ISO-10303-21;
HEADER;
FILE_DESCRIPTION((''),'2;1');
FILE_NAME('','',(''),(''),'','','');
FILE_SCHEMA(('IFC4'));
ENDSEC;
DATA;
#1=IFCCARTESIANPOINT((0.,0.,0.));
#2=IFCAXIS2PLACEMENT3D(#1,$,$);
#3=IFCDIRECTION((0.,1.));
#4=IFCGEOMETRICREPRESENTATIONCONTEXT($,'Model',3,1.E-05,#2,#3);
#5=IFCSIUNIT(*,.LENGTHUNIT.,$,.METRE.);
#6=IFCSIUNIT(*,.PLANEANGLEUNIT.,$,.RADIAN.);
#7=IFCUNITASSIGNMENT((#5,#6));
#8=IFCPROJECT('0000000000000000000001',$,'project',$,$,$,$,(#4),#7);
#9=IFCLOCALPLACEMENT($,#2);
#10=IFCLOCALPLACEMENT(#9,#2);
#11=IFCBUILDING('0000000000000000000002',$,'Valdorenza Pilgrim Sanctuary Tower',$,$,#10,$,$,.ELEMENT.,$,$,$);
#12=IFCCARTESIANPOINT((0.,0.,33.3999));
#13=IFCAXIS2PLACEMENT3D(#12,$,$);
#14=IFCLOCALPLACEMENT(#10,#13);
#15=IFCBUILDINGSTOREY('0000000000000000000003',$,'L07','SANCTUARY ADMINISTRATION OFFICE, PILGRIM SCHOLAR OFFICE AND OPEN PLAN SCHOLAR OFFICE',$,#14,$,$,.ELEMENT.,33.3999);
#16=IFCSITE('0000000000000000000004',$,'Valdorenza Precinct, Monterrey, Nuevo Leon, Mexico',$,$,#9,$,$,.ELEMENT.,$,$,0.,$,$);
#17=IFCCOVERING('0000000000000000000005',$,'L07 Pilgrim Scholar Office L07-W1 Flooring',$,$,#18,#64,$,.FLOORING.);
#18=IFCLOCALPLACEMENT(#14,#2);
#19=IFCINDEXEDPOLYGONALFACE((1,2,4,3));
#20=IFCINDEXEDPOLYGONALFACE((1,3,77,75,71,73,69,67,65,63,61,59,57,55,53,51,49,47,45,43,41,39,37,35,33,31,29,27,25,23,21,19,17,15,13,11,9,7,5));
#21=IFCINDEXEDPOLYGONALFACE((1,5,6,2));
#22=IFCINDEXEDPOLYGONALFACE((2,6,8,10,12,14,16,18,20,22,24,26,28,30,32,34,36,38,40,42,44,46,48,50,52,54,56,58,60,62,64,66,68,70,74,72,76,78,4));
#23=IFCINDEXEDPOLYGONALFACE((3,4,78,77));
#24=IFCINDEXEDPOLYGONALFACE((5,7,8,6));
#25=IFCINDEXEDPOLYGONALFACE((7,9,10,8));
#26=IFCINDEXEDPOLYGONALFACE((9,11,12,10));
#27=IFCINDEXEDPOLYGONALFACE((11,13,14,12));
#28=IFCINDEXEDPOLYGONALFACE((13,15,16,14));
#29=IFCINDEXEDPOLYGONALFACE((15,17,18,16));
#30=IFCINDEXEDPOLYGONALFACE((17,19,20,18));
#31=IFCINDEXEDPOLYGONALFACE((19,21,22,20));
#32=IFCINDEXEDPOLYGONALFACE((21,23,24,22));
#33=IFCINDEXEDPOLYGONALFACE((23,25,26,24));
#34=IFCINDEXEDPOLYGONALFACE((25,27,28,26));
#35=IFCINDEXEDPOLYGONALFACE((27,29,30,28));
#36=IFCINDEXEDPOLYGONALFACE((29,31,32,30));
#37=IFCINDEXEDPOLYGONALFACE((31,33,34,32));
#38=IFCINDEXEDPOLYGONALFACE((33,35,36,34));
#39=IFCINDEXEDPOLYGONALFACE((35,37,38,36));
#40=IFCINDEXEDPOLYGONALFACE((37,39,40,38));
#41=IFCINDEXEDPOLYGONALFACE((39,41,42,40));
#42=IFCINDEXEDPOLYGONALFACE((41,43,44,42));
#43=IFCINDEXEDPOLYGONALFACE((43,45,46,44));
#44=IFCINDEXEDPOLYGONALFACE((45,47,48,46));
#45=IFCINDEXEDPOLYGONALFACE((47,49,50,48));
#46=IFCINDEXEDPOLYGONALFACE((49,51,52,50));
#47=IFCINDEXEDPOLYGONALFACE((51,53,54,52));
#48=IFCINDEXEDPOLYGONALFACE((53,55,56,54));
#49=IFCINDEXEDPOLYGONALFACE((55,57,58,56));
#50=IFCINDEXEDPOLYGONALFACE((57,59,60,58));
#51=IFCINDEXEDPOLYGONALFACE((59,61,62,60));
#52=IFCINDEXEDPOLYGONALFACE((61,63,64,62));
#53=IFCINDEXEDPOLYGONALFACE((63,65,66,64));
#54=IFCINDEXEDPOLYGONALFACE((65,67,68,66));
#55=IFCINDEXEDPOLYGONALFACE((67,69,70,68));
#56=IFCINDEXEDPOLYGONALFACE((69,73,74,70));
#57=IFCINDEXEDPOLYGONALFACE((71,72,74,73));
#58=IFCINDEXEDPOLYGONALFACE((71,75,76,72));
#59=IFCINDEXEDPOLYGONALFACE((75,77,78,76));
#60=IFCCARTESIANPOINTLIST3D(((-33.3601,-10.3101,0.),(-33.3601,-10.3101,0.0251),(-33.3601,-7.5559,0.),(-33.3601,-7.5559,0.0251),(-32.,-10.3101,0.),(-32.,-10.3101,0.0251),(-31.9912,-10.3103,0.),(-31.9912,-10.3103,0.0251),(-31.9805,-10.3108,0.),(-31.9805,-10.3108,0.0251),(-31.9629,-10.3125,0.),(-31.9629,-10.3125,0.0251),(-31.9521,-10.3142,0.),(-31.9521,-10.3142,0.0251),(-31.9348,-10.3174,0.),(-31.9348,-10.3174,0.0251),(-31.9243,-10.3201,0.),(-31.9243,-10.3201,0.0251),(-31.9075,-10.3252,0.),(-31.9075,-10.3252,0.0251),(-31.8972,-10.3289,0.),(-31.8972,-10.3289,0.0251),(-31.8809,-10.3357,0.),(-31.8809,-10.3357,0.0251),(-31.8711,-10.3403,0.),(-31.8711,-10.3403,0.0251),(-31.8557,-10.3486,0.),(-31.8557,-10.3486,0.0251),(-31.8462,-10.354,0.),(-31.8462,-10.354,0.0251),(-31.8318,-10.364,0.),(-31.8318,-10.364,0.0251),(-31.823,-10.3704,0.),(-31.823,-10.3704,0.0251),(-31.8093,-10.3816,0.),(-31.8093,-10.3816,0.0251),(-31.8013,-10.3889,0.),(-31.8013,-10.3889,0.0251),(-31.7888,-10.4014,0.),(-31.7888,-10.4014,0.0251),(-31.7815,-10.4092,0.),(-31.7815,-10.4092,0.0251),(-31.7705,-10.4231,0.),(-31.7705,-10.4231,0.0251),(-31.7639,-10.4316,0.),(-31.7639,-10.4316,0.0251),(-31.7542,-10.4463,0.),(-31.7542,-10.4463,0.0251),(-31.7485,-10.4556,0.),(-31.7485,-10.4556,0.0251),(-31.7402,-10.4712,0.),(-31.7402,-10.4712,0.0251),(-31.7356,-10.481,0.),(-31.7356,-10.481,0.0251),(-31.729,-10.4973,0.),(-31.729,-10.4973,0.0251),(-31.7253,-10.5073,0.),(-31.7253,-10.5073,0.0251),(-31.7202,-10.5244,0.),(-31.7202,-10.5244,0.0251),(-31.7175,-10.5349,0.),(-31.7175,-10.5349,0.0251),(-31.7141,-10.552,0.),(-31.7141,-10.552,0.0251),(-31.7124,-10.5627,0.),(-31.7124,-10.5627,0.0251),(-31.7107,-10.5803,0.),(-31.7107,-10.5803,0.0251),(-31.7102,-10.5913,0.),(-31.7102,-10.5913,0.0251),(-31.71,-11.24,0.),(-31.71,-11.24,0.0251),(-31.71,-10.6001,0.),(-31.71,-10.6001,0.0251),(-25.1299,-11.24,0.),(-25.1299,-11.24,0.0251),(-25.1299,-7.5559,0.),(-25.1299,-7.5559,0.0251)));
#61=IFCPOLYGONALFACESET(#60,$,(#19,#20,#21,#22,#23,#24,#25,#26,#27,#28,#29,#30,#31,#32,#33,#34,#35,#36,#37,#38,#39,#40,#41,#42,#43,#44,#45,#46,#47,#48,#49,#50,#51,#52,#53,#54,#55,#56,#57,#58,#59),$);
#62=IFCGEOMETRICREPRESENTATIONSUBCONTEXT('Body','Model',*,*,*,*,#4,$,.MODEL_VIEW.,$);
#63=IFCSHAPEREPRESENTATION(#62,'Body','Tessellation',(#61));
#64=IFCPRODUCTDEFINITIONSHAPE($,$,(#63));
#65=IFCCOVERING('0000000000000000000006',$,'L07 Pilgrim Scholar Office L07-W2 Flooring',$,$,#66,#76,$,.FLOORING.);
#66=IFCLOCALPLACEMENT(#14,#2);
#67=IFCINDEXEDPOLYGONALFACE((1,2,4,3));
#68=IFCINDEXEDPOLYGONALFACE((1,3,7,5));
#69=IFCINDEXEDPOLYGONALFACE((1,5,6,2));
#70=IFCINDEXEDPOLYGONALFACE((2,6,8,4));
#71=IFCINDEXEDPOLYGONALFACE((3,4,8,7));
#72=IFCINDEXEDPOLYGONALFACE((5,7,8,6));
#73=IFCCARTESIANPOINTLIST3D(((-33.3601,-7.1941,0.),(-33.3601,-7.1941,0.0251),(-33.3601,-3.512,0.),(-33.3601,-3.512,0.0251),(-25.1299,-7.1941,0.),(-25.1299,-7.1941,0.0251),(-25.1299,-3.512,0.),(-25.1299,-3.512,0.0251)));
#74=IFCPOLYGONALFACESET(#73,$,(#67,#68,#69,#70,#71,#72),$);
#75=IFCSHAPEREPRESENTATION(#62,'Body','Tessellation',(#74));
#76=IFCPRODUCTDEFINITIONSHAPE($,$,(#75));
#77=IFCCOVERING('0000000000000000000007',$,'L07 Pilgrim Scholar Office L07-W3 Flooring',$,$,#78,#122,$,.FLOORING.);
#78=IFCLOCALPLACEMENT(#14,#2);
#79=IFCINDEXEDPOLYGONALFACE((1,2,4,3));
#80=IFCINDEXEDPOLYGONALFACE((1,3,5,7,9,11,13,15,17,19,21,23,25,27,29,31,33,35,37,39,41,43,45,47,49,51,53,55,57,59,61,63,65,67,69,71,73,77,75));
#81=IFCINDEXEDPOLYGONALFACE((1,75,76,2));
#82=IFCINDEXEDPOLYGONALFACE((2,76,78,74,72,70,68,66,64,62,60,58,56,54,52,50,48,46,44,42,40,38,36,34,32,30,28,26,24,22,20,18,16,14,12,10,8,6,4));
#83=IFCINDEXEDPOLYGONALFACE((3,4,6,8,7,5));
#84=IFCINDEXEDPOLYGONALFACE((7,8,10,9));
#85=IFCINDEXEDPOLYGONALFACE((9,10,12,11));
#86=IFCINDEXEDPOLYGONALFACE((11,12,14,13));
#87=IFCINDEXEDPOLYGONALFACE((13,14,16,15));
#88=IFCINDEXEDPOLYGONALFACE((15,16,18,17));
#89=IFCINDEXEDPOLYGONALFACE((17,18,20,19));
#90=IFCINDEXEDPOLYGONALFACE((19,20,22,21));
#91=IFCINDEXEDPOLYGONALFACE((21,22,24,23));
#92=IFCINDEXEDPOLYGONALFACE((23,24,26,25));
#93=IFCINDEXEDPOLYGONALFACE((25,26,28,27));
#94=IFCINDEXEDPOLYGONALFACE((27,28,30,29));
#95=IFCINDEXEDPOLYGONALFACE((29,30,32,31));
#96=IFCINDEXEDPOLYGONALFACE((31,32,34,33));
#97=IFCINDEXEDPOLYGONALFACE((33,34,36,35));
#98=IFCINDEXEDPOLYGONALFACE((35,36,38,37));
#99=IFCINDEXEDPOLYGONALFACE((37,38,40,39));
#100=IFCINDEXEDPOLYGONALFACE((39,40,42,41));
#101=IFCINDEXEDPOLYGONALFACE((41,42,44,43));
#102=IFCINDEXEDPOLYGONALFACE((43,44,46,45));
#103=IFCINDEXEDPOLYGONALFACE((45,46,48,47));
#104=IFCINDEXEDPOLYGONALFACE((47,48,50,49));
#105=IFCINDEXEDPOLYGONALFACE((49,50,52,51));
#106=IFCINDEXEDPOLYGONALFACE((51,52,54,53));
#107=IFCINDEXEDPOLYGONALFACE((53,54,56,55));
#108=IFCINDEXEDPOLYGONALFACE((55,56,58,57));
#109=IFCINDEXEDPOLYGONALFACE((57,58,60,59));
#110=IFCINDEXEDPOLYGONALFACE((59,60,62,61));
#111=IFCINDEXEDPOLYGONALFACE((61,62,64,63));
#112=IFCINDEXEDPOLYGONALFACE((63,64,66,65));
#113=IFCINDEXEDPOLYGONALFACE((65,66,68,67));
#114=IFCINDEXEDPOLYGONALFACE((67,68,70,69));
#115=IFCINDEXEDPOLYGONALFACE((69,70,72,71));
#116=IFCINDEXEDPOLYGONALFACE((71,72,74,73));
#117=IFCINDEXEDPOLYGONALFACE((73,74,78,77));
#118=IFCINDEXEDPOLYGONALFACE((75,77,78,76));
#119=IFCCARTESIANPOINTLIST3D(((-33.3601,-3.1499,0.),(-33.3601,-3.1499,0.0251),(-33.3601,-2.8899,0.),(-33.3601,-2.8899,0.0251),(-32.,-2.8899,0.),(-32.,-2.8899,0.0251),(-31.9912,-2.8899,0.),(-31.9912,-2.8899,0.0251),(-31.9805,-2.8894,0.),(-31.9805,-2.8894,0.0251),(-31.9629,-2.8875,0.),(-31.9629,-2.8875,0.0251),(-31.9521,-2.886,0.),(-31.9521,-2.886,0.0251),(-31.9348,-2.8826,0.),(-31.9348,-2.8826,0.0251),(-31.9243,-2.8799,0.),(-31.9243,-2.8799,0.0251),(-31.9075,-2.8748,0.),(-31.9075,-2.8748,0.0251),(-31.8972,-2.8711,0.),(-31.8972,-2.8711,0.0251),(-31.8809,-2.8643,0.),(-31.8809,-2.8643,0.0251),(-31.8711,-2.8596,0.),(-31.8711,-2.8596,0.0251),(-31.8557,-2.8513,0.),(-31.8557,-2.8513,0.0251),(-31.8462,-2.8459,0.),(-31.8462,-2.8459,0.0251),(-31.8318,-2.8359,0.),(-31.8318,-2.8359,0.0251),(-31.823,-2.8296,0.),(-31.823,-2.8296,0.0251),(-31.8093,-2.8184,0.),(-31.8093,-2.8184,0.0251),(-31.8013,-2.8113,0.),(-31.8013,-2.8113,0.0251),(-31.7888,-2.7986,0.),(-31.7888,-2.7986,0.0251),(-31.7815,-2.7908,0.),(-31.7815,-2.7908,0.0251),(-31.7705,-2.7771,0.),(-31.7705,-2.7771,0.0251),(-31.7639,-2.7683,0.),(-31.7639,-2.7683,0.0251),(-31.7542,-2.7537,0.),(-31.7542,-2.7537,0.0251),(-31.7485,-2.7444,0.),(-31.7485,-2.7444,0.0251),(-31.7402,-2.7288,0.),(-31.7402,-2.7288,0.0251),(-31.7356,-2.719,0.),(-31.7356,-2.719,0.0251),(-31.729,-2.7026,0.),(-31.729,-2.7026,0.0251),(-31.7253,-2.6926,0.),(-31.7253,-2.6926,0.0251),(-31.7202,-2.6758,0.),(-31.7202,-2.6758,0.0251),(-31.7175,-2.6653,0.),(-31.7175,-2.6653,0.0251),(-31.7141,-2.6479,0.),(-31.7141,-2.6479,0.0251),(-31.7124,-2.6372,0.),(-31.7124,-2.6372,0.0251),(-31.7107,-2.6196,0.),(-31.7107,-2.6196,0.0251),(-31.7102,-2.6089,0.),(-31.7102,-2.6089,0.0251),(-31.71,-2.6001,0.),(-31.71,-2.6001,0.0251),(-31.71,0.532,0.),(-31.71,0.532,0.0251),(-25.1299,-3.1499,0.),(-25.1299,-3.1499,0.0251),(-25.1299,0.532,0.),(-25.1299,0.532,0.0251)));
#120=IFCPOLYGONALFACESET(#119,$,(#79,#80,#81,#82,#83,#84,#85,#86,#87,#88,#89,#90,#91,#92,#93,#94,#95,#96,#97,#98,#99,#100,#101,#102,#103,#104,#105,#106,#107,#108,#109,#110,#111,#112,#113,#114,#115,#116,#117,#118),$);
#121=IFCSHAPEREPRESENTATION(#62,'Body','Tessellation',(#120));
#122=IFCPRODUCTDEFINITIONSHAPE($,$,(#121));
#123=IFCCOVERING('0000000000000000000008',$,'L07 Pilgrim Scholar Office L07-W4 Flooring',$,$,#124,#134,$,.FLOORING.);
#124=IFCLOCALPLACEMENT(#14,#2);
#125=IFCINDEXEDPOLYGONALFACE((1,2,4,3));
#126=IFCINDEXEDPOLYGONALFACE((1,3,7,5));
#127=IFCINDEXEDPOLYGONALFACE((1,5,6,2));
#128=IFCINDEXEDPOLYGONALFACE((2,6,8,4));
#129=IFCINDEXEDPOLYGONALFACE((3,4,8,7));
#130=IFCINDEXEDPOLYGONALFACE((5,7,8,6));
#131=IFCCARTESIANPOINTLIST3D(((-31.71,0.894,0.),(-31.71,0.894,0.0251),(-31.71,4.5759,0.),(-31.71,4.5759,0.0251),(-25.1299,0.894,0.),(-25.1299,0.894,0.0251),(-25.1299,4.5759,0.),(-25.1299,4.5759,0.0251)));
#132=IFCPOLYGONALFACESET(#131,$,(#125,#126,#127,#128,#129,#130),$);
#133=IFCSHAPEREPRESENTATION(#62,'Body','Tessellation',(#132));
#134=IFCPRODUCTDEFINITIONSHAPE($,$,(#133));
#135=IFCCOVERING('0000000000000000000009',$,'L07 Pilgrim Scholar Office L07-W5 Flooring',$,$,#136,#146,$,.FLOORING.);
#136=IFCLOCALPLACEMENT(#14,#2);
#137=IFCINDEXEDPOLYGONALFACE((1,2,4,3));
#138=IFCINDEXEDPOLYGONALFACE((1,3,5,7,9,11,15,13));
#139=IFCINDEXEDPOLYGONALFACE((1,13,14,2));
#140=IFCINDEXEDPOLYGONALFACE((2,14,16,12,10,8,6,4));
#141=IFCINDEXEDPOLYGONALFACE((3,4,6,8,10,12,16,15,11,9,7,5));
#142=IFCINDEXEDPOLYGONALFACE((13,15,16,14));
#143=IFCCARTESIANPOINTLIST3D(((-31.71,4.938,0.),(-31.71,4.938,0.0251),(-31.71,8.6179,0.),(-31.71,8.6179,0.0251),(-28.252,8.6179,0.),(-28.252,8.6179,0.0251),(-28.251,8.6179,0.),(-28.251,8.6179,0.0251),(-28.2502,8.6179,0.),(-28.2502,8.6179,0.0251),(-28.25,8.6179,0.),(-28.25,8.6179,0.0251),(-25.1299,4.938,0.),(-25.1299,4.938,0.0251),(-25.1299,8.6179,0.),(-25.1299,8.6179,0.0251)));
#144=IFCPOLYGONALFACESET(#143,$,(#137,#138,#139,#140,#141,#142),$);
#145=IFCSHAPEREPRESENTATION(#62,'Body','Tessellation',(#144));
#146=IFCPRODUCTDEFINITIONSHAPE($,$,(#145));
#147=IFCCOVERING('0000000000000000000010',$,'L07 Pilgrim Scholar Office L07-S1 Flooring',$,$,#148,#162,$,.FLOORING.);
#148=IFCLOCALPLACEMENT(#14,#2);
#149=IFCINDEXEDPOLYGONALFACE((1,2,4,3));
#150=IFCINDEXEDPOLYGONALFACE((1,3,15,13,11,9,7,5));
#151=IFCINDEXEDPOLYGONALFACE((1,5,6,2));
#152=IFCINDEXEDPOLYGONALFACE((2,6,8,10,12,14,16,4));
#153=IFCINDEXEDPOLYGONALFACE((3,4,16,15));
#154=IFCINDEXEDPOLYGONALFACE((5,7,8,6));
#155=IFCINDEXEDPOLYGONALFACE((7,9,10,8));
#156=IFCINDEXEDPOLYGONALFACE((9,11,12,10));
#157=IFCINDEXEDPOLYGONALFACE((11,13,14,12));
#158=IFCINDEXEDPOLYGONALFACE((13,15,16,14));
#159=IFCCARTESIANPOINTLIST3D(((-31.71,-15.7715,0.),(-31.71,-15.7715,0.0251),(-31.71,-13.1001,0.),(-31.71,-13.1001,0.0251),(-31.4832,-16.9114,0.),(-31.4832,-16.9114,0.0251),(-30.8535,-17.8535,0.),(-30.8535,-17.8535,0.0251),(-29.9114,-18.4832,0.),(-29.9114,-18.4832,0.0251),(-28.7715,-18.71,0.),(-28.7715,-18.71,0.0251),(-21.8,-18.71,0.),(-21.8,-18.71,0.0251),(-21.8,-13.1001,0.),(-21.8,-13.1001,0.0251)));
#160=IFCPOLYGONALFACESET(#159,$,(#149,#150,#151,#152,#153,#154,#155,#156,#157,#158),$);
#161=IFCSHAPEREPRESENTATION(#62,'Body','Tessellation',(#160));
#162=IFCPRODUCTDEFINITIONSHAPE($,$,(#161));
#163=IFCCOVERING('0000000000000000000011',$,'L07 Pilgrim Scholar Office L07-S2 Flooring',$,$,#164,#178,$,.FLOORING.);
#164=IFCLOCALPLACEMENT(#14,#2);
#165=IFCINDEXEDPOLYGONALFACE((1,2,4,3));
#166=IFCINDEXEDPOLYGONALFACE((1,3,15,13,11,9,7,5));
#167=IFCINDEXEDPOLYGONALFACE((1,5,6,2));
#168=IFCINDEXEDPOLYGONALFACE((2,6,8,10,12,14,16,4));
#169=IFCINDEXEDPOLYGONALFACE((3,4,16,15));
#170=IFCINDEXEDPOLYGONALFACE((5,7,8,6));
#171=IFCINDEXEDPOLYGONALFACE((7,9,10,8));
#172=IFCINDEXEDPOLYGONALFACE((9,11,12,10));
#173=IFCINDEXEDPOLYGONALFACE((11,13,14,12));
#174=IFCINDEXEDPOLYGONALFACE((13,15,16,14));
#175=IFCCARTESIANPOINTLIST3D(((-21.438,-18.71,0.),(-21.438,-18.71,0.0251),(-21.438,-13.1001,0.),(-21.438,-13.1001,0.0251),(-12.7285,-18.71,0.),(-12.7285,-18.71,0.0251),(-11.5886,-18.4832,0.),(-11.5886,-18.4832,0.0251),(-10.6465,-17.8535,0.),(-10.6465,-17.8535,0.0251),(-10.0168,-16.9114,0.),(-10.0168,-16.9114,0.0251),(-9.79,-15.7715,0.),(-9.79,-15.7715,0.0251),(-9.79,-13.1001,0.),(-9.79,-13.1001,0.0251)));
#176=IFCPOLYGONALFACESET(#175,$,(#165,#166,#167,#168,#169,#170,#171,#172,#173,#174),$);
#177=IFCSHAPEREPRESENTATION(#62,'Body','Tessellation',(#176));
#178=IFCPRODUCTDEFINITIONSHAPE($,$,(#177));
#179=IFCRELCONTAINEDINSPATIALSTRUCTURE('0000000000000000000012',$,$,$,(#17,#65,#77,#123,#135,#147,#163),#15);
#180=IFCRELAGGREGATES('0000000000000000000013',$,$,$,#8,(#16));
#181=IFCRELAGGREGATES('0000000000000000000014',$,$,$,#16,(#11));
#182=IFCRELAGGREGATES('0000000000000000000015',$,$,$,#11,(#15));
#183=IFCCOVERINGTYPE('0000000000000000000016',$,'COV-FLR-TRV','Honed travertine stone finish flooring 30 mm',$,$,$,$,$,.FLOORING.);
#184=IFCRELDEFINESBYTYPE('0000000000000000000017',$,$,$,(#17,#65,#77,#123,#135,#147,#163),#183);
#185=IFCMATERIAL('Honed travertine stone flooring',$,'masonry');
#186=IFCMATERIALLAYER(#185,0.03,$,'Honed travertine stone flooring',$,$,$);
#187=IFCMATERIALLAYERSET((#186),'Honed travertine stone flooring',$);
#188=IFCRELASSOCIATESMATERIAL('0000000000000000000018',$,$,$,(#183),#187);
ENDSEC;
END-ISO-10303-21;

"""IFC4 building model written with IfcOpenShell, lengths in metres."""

from ifc_helpers import new_model, si_unit, direction, frame, origin, place, context, subcontext, project, spatial, polyline, outline, extrude, material, layer, layer_set, type_object, element, save


model = new_model("IFC4")

# Units and contexts
model_context = context("Model", 3, precision=1e-05, world=origin(), true_north=direction((0.0, 1.0)))
body_context = subcontext(model_context, "Body", "Model", "MODEL_VIEW")
ifc_project = project(units=[si_unit("LENGTHUNIT", "METRE"), si_unit("PLANEANGLEUNIT", "RADIAN")], contexts=[model_context])

# Site, building, storey
site_placement = place(None, origin())
site = spatial("IfcSite", under=ifc_project, at=site_placement, Name="Valdorenza Precinct, Monterrey, Nuevo Leon, Mexico", CompositionType="ELEMENT", RefElevation=0.0)
building_placement = place(site_placement, origin())
building = spatial("IfcBuilding", under=site, at=building_placement, Name="Valdorenza Pilgrim Sanctuary Tower", CompositionType="ELEMENT")
storey_placement = place(building_placement, frame((0.0, 0.0, 33.3999)))
storey = spatial("IfcBuildingStorey", under=building, at=storey_placement, Name="L07", Description="SANCTUARY ADMINISTRATION OFFICE, PILGRIM SCHOLAR OFFICE AND OPEN PLAN SCHOLAR OFFICE", CompositionType="ELEMENT", Elevation=33.3999)

# Coverings
ifc_material_1 = material(Name="Honed travertine stone flooring", Category="masonry")
ifc_layer_1 = layer(ifc_material_1, 0.03, Name="Honed travertine stone flooring")
ifc_layer_set_1 = layer_set([ifc_layer_1], Name="Honed travertine stone flooring")
covering_type_1 = type_object("IfcCoveringType", Name="COV-FLR-TRV", Description="Honed travertine stone finish flooring 30 mm", PredefinedType="FLOORING", material=ifc_layer_set_1)
covering_1_placement = place(storey_placement, origin())
element("IfcCovering", 1, at=covering_1_placement, inside=storey, type_object=covering_type_1, Name="L07 Pilgrim Scholar Office L07-W1 Flooring", PredefinedType="FLOORING", context=body_context, shape_type="SweptSolid", body=[
    extrude(outline(polyline([(-25.1299, -11.24), (-31.71, -11.24), (-31.71, -10.6001), (-31.7102, -10.5913), (-31.7107, -10.5803), (-31.7124, -10.5627), (-31.7141, -10.552), (-31.7175, -10.5349), (-31.7202, -10.5244), (-31.7253, -10.5073), (-31.729, -10.4973), (-31.7356, -10.481), (-31.7402, -10.4712), (-31.7485, -10.4556), (-31.7542, -10.4463), (-31.7639, -10.4316), (-31.7705, -10.4231), (-31.7815, -10.4092), (-31.7888, -10.4014), (-31.8013, -10.3889), (-31.8093, -10.3816), (-31.823, -10.3704), (-31.8318, -10.364), (-31.8462, -10.354), (-31.8557, -10.3486), (-31.8711, -10.3403), (-31.8809, -10.3357), (-31.8972, -10.3289), (-31.9075, -10.3252), (-31.9243, -10.3201), (-31.9348, -10.3174), (-31.9521, -10.3142), (-31.9629, -10.3125), (-31.9805, -10.3108), (-31.9912, -10.3103), (-32.0, -10.3101), (-33.3601, -10.3101), (-33.3601, -7.5559), (-25.1299, -7.5559), (-25.1299, -11.24)])), origin(), (0.0, 0.0, 1.0), 0.0251),
])
covering_2_placement = place(storey_placement, origin())
element("IfcCovering", 2, at=covering_2_placement, inside=storey, type_object=covering_type_1, Name="L07 Pilgrim Scholar Office L07-W2 Flooring", PredefinedType="FLOORING", context=body_context, shape_type="SweptSolid", body=[
    extrude(outline(polyline([(-25.1299, -7.1941), (-33.3601, -7.1941), (-33.3601, -3.512), (-25.1299, -3.512), (-25.1299, -7.1941)])), origin(), (0.0, 0.0, 1.0), 0.0251),
])
covering_3_placement = place(storey_placement, origin())
element("IfcCovering", 3, at=covering_3_placement, inside=storey, type_object=covering_type_1, Name="L07 Pilgrim Scholar Office L07-W3 Flooring", PredefinedType="FLOORING", context=body_context, shape_type="SweptSolid", body=[
    extrude(outline(polyline([(-25.1299, -3.1499), (-33.3601, -3.1499), (-33.3601, -2.8899), (-32.0, -2.8899), (-31.9912, -2.8899), (-31.9805, -2.8894), (-31.9629, -2.8875), (-31.9521, -2.886), (-31.9348, -2.8826), (-31.9243, -2.8799), (-31.9075, -2.8748), (-31.8972, -2.8711), (-31.8809, -2.8643), (-31.8711, -2.8596), (-31.8557, -2.8513), (-31.8462, -2.8459), (-31.8318, -2.8359), (-31.823, -2.8296), (-31.8093, -2.8184), (-31.8013, -2.8113), (-31.7888, -2.7986), (-31.7815, -2.7908), (-31.7705, -2.7771), (-31.7639, -2.7683), (-31.7542, -2.7537), (-31.7485, -2.7444), (-31.7402, -2.7288), (-31.7356, -2.719), (-31.729, -2.7026), (-31.7253, -2.6926), (-31.7202, -2.6758), (-31.7175, -2.6653), (-31.7141, -2.6479), (-31.7124, -2.6372), (-31.7107, -2.6196), (-31.7102, -2.6089), (-31.71, -2.6001), (-31.71, 0.532), (-25.1299, 0.532), (-25.1299, -3.1499)])), origin(), (0.0, 0.0, 1.0), 0.0251),
])
covering_4_placement = place(storey_placement, origin())
element("IfcCovering", 4, at=covering_4_placement, inside=storey, type_object=covering_type_1, Name="L07 Pilgrim Scholar Office L07-W4 Flooring", PredefinedType="FLOORING", context=body_context, shape_type="SweptSolid", body=[
    extrude(outline(polyline([(-25.1299, 0.894), (-31.71, 0.894), (-31.71, 4.5759), (-25.1299, 4.5759), (-25.1299, 0.894)])), origin(), (0.0, 0.0, 1.0), 0.0251),
])
covering_5_placement = place(storey_placement, origin())
element("IfcCovering", 5, at=covering_5_placement, inside=storey, type_object=covering_type_1, Name="L07 Pilgrim Scholar Office L07-W5 Flooring", PredefinedType="FLOORING", context=body_context, shape_type="SweptSolid", body=[
    extrude(outline(polyline([(-28.2502, 8.6179), (-28.25, 8.6179), (-25.1299, 8.6179), (-25.1299, 4.938), (-31.71, 4.938), (-31.71, 8.6179), (-28.252, 8.6179), (-28.251, 8.6179), (-28.2502, 8.6179)])), origin(), (0.0, 0.0, 1.0), 0.0251),
])
covering_6_placement = place(storey_placement, origin())
element("IfcCovering", 6, at=covering_6_placement, inside=storey, type_object=covering_type_1, Name="L07 Pilgrim Scholar Office L07-S1 Flooring", PredefinedType="FLOORING", context=body_context, shape_type="SweptSolid", body=[
    extrude(outline(polyline([(-21.8, -18.71), (-28.7715, -18.71), (-29.9114, -18.4832), (-30.8535, -17.8535), (-31.4832, -16.9114), (-31.71, -15.7715), (-31.71, -13.1001), (-21.8, -13.1001), (-21.8, -18.71)])), origin(), (0.0, 0.0, 1.0), 0.0251),
])
covering_7_placement = place(storey_placement, origin())
element("IfcCovering", 7, at=covering_7_placement, inside=storey, type_object=covering_type_1, Name="L07 Pilgrim Scholar Office L07-S2 Flooring", PredefinedType="FLOORING", context=body_context, shape_type="SweptSolid", body=[
    extrude(outline(polyline([(-9.79, -13.1001), (-9.79, -15.7715), (-10.0168, -16.9114), (-10.6465, -17.8535), (-11.5886, -18.4832), (-12.7285, -18.71), (-21.438, -18.71), (-21.438, -13.1001), (-9.79, -13.1001)])), origin(), (0.0, 0.0, 1.0), 0.0251),
])

save(model, "model.ifc")
